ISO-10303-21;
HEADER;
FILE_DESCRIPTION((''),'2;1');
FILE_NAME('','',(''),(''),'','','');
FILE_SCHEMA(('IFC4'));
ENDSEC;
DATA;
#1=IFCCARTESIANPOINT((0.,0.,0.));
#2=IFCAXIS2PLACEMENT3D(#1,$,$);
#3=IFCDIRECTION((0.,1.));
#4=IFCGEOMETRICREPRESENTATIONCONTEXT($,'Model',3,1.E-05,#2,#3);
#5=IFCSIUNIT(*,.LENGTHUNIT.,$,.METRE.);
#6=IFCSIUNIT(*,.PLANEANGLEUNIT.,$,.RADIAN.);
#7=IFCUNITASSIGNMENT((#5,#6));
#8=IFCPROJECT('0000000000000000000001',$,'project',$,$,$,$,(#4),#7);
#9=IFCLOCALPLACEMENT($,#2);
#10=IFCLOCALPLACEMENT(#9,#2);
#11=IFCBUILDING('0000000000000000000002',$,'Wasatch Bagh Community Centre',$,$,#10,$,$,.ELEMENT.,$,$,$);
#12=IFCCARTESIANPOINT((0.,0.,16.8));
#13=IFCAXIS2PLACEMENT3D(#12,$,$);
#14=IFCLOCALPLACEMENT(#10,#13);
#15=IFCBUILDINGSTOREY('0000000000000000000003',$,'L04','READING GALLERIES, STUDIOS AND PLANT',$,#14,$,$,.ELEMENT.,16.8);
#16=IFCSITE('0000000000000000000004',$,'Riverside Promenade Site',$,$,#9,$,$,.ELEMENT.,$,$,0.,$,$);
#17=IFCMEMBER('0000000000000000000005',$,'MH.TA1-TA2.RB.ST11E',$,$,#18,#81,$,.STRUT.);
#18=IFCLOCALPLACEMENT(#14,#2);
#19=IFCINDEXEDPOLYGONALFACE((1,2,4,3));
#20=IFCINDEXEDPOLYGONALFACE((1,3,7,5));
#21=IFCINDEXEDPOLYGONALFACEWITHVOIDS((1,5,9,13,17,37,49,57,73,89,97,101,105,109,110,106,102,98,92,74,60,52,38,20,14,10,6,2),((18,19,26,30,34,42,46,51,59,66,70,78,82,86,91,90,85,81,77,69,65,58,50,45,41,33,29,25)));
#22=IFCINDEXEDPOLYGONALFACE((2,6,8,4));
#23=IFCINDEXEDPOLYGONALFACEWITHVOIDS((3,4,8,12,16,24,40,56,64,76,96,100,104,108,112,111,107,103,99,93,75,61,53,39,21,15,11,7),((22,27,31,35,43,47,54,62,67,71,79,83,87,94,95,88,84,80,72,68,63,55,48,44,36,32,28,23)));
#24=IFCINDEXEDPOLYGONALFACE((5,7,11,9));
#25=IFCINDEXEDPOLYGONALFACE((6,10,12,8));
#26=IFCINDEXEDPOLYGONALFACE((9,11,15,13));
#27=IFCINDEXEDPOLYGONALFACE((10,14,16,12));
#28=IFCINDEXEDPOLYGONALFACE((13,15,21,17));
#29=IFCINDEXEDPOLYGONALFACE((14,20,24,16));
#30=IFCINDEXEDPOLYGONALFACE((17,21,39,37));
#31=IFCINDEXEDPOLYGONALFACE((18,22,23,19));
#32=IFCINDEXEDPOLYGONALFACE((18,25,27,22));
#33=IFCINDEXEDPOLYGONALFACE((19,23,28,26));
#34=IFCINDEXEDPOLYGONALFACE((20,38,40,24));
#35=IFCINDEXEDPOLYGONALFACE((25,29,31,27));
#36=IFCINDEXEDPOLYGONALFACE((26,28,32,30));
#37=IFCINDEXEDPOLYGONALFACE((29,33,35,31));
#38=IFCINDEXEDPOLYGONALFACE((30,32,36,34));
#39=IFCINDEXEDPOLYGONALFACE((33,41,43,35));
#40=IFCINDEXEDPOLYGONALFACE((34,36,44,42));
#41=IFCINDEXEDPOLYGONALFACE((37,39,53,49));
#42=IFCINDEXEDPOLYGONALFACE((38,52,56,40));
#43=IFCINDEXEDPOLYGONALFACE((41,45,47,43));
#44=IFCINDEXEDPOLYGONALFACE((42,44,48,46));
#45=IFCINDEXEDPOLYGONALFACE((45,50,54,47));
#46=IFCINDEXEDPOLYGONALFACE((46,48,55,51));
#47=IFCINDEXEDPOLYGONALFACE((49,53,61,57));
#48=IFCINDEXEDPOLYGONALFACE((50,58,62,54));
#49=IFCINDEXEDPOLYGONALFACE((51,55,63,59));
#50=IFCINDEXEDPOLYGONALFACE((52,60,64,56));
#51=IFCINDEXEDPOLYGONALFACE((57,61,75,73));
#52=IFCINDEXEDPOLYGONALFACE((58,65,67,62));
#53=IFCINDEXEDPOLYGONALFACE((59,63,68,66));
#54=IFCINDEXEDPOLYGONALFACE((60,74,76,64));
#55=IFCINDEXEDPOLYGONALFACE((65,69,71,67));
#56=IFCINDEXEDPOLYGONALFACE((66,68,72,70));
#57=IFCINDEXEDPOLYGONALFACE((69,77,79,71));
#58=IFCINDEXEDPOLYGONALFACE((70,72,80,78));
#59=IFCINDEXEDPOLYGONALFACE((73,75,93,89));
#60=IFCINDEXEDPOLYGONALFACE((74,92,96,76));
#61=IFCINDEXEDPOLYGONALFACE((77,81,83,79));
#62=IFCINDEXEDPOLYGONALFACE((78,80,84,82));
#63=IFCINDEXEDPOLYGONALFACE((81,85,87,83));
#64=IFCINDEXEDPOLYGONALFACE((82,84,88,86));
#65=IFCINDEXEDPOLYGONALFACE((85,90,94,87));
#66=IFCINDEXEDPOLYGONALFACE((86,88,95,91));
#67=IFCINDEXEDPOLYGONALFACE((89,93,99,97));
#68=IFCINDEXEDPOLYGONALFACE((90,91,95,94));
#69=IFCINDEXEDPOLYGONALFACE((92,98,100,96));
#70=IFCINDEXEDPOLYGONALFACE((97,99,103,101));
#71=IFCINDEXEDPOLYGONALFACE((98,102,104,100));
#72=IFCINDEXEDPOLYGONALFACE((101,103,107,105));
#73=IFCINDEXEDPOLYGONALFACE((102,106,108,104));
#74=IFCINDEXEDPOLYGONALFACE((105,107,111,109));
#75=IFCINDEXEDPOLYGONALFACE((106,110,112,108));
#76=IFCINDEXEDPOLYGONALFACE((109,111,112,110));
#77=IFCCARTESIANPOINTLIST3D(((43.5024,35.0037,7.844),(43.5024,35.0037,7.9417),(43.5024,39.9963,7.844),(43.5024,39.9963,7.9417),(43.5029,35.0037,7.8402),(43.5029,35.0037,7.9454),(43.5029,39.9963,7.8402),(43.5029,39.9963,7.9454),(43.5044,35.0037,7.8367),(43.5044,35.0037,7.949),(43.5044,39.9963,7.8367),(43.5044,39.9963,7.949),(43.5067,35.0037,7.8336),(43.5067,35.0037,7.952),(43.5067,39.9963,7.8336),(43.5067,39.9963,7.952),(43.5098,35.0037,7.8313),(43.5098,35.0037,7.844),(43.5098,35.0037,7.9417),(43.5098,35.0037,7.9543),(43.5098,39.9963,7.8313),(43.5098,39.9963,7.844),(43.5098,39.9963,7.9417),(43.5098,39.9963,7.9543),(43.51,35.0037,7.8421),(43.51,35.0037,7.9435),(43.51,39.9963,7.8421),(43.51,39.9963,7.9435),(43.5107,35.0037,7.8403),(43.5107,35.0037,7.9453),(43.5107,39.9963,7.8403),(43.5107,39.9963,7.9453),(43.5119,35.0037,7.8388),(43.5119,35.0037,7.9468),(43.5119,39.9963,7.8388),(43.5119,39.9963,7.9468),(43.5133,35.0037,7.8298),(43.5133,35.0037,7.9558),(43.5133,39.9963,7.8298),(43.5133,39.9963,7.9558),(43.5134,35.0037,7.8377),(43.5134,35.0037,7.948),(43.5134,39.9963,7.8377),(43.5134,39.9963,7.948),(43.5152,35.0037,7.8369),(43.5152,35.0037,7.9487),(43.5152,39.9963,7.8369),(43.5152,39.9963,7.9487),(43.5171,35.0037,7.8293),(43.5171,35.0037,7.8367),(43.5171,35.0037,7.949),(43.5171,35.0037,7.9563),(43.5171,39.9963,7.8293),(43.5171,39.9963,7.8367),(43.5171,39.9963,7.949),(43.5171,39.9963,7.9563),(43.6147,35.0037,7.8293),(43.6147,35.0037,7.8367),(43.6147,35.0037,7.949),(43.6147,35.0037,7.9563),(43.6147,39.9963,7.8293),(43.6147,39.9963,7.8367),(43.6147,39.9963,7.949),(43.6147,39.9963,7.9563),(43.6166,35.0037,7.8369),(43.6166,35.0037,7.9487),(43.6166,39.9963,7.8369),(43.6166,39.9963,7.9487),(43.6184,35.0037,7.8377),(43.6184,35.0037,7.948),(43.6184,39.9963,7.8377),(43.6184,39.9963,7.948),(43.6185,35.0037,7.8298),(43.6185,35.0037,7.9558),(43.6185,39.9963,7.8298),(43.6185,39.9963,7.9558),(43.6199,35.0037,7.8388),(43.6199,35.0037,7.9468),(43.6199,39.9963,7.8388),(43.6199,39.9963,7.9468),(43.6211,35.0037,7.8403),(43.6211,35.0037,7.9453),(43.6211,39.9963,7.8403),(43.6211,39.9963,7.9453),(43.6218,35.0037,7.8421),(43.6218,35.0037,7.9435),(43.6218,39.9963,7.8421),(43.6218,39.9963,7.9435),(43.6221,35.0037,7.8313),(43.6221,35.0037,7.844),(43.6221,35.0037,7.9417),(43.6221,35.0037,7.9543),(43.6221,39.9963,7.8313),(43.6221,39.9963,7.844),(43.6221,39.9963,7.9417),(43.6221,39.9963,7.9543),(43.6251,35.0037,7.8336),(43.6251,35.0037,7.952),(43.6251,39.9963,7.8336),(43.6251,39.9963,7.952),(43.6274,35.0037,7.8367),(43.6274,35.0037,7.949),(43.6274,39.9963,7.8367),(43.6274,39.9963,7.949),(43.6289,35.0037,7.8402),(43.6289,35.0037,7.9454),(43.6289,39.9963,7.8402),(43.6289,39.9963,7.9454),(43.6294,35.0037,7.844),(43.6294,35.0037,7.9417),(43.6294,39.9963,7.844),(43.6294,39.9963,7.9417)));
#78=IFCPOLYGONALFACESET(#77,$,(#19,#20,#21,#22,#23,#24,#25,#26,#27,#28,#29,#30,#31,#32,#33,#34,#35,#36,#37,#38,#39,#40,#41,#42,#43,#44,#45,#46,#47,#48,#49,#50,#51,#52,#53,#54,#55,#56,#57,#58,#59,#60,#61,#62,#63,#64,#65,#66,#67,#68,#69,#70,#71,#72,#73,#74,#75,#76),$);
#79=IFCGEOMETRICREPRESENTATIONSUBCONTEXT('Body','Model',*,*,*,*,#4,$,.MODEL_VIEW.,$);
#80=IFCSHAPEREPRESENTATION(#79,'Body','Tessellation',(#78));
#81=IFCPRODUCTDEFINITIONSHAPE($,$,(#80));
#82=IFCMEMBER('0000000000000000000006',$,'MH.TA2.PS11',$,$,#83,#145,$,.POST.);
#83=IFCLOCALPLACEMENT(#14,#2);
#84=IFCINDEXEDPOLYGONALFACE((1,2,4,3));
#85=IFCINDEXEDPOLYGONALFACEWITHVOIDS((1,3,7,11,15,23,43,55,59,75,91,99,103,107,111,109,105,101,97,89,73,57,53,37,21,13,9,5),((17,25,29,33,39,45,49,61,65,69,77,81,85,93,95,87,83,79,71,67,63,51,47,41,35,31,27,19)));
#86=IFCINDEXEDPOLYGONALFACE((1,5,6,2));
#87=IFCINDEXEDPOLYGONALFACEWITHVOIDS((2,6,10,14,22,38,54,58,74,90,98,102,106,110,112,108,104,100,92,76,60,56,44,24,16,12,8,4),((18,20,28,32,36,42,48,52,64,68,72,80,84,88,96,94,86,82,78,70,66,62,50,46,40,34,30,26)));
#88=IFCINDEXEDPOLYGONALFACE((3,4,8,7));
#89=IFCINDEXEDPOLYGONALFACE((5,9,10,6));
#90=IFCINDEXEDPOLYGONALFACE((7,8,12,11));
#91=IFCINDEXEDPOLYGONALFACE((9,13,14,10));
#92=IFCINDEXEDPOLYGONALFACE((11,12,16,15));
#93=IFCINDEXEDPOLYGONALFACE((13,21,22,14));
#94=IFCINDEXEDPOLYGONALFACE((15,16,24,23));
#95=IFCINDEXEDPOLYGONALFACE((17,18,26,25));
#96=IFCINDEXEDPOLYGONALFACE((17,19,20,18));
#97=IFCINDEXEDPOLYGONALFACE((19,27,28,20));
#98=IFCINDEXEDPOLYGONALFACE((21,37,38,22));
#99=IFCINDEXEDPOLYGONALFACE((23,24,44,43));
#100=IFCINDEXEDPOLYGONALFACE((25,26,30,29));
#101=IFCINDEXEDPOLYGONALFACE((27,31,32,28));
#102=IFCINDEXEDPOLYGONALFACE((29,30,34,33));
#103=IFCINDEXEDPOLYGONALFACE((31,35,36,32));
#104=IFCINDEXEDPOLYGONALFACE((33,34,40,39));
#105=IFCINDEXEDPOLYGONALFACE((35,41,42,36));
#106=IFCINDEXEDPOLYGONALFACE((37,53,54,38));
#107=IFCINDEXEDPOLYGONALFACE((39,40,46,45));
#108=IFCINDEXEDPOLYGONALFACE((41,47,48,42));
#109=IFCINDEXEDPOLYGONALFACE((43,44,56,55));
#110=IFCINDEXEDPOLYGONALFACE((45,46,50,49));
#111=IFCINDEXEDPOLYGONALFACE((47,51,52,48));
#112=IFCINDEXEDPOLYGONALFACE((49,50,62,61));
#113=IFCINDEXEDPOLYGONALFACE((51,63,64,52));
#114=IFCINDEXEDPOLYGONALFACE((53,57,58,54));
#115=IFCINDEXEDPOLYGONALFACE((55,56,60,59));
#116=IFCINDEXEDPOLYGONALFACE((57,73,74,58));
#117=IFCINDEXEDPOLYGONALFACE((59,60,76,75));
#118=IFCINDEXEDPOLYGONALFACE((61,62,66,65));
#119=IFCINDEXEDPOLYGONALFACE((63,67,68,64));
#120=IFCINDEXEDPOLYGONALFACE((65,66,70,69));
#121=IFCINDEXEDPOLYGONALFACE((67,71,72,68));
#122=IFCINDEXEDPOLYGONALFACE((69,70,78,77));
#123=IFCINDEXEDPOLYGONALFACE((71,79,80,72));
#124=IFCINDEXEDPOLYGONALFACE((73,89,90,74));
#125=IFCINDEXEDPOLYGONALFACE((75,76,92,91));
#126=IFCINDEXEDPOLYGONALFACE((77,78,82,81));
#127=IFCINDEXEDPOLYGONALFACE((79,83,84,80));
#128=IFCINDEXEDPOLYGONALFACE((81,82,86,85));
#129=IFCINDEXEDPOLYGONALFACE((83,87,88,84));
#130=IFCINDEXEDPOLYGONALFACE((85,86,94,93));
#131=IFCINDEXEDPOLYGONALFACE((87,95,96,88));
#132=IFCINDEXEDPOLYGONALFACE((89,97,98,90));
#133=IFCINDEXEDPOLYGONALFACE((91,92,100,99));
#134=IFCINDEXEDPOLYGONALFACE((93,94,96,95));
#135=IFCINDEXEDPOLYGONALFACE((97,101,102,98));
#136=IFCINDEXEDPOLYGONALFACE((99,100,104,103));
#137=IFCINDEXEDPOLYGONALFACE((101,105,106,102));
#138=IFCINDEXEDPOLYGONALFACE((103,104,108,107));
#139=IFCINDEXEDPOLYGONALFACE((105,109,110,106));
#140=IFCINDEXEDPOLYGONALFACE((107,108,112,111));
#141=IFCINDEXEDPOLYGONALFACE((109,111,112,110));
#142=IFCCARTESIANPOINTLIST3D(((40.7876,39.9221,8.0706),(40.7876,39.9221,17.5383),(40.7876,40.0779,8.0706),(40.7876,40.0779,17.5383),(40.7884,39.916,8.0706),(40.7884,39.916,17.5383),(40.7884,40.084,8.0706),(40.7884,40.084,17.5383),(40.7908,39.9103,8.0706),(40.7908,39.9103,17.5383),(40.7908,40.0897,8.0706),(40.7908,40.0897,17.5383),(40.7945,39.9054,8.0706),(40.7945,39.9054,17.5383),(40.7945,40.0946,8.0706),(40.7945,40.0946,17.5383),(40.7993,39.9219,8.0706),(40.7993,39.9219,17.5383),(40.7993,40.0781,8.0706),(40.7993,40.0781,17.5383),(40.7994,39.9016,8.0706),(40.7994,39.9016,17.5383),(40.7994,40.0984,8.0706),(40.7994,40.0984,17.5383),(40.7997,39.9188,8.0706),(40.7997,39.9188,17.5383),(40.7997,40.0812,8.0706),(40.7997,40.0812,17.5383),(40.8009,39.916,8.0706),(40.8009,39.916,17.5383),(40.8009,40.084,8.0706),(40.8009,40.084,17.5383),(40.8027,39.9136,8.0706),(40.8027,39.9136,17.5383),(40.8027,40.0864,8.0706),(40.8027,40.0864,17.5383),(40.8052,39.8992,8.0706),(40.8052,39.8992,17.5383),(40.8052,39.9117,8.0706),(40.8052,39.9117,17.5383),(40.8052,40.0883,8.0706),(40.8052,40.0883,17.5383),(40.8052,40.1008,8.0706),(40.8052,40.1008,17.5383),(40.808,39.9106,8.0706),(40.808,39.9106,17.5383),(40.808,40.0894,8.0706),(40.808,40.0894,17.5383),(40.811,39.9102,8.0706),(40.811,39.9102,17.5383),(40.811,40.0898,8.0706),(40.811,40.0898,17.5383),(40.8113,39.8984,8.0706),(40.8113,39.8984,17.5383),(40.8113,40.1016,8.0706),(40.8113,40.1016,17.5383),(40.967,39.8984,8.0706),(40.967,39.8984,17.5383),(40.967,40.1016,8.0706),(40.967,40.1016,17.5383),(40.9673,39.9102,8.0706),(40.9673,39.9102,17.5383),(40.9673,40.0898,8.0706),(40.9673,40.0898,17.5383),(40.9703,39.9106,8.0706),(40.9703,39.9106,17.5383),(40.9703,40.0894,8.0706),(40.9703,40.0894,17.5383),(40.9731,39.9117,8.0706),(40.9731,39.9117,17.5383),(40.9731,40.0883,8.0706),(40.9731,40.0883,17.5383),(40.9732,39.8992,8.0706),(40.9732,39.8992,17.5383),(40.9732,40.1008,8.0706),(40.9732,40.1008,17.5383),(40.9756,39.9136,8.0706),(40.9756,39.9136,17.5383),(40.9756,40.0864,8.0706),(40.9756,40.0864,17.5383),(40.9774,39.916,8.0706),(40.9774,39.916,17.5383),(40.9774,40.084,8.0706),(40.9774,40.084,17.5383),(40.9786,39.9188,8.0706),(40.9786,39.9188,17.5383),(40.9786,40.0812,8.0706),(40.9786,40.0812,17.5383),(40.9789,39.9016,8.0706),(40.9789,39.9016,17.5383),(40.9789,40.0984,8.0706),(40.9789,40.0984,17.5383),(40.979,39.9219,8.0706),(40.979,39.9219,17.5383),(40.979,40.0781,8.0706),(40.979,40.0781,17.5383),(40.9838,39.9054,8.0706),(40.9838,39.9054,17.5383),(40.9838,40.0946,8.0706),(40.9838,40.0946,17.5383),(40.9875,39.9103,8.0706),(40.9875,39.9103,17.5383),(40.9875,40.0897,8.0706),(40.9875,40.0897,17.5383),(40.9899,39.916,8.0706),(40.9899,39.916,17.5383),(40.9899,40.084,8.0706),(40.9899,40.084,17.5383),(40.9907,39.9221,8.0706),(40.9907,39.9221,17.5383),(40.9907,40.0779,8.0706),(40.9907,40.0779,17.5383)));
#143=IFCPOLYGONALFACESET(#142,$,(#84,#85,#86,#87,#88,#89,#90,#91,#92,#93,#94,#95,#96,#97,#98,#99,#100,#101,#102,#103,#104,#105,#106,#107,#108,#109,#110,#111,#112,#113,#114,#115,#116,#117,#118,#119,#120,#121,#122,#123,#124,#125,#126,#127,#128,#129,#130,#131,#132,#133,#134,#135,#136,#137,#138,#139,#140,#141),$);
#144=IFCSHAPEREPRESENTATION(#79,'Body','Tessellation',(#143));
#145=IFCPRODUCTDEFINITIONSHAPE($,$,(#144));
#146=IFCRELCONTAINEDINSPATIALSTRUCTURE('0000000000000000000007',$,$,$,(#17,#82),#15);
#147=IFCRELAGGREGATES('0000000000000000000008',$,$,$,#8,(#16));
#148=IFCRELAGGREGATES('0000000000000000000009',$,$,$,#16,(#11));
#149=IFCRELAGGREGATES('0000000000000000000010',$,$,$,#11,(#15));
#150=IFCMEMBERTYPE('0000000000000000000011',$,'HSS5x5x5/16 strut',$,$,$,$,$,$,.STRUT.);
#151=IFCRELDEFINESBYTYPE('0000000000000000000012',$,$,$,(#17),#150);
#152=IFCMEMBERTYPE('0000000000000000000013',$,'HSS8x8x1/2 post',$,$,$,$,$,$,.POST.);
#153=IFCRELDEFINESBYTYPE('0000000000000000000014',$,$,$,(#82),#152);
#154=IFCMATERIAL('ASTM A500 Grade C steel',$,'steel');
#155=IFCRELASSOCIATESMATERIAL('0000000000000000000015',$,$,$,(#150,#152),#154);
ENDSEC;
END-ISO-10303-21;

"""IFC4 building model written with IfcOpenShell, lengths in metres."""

from ifc_helpers import new_model, si_unit, direction, frame, origin, origin_2d, place, context, subcontext, project, spatial, hollow_rectangle, extrude, material, material_profile, profile_set, type_object, element, save


model = new_model("IFC4")

# Units and contexts
model_context = context("Model", 3, precision=1e-05, world=origin(), true_north=direction((0.0, 1.0)))
body_context = subcontext(model_context, "Body", "Model", "MODEL_VIEW")
ifc_project = project(units=[si_unit("LENGTHUNIT", "METRE"), si_unit("PLANEANGLEUNIT", "RADIAN")], contexts=[model_context])

# Site, building, storey
site_placement = place(None, origin())
site = spatial("IfcSite", under=ifc_project, at=site_placement, Name="Riverside Promenade Site", CompositionType="ELEMENT", RefElevation=0.0)
building_placement = place(site_placement, origin())
building = spatial("IfcBuilding", under=site, at=building_placement, Name="Wasatch Bagh Community Centre", CompositionType="ELEMENT")
storey_placement = place(building_placement, frame((0.0, 0.0, 16.8)))
storey = spatial("IfcBuildingStorey", under=building, at=storey_placement, Name="L04", Description="READING GALLERIES, STUDIOS AND PLANT", CompositionType="ELEMENT", Elevation=16.8)

# Members
ifc_material_1 = material(Name="ASTM A500 Grade C steel", Category="steel")
ifc_material_profile_1 = material_profile(ifc_material_1, hollow_rectangle(XDim=0.127, YDim=0.127, WallThickness=0.0073, InnerFilletRadius=0.0073, OuterFilletRadius=0.0146, at=origin_2d()), Name="HSS5x5x5/16")
ifc_profile_set_1 = profile_set([ifc_material_profile_1], Name="ASTM A500 Grade C steel")
member_type_1 = type_object("IfcMemberType", Name="HSS5x5x5/16 strut", PredefinedType="STRUT", material=ifc_profile_set_1)
member_1_placement = place(storey_placement, frame((43.5659, 35.0037, 7.8928), z_axis=(0.0, 1.0, 0.0), x_axis=(-1.0, 0.0, 0.0)))
element("IfcMember", 1, at=member_1_placement, inside=storey, type_object=member_type_1, Name="MH.TA1-TA2.RB.ST11E", PredefinedType="STRUT", context=body_context, shape_type="SweptSolid", body=[
    extrude(hollow_rectangle(XDim=0.127, YDim=0.127, WallThickness=0.0073, InnerFilletRadius=0.0073, OuterFilletRadius=0.0146, at=origin_2d()), origin(), (0.0, 0.0, 1.0), 4.9927),
])
ifc_material_profile_2 = material_profile(ifc_material_1, hollow_rectangle(XDim=0.2031, YDim=0.2031, WallThickness=0.0117, InnerFilletRadius=0.0117, OuterFilletRadius=0.0237, at=origin_2d()), Name="HSS8x8x1/2")
ifc_profile_set_2 = profile_set([ifc_material_profile_2], Name="ASTM A500 Grade C steel")
member_type_2 = type_object("IfcMemberType", Name="HSS8x8x1/2 post", PredefinedType="POST", material=ifc_profile_set_2)
member_2_placement = place(storey_placement, frame((40.8892, 40.0, 8.0706), z_axis=(0.0, 0.0, 1.0), x_axis=(1.0, 0.0, 0.0)))
element("IfcMember", 2, at=member_2_placement, inside=storey, type_object=member_type_2, Name="MH.TA2.PS11", PredefinedType="POST", context=body_context, shape_type="SweptSolid", body=[
    extrude(hollow_rectangle(XDim=0.2031, YDim=0.2031, WallThickness=0.0117, InnerFilletRadius=0.0117, OuterFilletRadius=0.0237, at=origin_2d()), origin(), (0.0, 0.0, 1.0), 9.4678),
])

save(model, "model.ifc")
